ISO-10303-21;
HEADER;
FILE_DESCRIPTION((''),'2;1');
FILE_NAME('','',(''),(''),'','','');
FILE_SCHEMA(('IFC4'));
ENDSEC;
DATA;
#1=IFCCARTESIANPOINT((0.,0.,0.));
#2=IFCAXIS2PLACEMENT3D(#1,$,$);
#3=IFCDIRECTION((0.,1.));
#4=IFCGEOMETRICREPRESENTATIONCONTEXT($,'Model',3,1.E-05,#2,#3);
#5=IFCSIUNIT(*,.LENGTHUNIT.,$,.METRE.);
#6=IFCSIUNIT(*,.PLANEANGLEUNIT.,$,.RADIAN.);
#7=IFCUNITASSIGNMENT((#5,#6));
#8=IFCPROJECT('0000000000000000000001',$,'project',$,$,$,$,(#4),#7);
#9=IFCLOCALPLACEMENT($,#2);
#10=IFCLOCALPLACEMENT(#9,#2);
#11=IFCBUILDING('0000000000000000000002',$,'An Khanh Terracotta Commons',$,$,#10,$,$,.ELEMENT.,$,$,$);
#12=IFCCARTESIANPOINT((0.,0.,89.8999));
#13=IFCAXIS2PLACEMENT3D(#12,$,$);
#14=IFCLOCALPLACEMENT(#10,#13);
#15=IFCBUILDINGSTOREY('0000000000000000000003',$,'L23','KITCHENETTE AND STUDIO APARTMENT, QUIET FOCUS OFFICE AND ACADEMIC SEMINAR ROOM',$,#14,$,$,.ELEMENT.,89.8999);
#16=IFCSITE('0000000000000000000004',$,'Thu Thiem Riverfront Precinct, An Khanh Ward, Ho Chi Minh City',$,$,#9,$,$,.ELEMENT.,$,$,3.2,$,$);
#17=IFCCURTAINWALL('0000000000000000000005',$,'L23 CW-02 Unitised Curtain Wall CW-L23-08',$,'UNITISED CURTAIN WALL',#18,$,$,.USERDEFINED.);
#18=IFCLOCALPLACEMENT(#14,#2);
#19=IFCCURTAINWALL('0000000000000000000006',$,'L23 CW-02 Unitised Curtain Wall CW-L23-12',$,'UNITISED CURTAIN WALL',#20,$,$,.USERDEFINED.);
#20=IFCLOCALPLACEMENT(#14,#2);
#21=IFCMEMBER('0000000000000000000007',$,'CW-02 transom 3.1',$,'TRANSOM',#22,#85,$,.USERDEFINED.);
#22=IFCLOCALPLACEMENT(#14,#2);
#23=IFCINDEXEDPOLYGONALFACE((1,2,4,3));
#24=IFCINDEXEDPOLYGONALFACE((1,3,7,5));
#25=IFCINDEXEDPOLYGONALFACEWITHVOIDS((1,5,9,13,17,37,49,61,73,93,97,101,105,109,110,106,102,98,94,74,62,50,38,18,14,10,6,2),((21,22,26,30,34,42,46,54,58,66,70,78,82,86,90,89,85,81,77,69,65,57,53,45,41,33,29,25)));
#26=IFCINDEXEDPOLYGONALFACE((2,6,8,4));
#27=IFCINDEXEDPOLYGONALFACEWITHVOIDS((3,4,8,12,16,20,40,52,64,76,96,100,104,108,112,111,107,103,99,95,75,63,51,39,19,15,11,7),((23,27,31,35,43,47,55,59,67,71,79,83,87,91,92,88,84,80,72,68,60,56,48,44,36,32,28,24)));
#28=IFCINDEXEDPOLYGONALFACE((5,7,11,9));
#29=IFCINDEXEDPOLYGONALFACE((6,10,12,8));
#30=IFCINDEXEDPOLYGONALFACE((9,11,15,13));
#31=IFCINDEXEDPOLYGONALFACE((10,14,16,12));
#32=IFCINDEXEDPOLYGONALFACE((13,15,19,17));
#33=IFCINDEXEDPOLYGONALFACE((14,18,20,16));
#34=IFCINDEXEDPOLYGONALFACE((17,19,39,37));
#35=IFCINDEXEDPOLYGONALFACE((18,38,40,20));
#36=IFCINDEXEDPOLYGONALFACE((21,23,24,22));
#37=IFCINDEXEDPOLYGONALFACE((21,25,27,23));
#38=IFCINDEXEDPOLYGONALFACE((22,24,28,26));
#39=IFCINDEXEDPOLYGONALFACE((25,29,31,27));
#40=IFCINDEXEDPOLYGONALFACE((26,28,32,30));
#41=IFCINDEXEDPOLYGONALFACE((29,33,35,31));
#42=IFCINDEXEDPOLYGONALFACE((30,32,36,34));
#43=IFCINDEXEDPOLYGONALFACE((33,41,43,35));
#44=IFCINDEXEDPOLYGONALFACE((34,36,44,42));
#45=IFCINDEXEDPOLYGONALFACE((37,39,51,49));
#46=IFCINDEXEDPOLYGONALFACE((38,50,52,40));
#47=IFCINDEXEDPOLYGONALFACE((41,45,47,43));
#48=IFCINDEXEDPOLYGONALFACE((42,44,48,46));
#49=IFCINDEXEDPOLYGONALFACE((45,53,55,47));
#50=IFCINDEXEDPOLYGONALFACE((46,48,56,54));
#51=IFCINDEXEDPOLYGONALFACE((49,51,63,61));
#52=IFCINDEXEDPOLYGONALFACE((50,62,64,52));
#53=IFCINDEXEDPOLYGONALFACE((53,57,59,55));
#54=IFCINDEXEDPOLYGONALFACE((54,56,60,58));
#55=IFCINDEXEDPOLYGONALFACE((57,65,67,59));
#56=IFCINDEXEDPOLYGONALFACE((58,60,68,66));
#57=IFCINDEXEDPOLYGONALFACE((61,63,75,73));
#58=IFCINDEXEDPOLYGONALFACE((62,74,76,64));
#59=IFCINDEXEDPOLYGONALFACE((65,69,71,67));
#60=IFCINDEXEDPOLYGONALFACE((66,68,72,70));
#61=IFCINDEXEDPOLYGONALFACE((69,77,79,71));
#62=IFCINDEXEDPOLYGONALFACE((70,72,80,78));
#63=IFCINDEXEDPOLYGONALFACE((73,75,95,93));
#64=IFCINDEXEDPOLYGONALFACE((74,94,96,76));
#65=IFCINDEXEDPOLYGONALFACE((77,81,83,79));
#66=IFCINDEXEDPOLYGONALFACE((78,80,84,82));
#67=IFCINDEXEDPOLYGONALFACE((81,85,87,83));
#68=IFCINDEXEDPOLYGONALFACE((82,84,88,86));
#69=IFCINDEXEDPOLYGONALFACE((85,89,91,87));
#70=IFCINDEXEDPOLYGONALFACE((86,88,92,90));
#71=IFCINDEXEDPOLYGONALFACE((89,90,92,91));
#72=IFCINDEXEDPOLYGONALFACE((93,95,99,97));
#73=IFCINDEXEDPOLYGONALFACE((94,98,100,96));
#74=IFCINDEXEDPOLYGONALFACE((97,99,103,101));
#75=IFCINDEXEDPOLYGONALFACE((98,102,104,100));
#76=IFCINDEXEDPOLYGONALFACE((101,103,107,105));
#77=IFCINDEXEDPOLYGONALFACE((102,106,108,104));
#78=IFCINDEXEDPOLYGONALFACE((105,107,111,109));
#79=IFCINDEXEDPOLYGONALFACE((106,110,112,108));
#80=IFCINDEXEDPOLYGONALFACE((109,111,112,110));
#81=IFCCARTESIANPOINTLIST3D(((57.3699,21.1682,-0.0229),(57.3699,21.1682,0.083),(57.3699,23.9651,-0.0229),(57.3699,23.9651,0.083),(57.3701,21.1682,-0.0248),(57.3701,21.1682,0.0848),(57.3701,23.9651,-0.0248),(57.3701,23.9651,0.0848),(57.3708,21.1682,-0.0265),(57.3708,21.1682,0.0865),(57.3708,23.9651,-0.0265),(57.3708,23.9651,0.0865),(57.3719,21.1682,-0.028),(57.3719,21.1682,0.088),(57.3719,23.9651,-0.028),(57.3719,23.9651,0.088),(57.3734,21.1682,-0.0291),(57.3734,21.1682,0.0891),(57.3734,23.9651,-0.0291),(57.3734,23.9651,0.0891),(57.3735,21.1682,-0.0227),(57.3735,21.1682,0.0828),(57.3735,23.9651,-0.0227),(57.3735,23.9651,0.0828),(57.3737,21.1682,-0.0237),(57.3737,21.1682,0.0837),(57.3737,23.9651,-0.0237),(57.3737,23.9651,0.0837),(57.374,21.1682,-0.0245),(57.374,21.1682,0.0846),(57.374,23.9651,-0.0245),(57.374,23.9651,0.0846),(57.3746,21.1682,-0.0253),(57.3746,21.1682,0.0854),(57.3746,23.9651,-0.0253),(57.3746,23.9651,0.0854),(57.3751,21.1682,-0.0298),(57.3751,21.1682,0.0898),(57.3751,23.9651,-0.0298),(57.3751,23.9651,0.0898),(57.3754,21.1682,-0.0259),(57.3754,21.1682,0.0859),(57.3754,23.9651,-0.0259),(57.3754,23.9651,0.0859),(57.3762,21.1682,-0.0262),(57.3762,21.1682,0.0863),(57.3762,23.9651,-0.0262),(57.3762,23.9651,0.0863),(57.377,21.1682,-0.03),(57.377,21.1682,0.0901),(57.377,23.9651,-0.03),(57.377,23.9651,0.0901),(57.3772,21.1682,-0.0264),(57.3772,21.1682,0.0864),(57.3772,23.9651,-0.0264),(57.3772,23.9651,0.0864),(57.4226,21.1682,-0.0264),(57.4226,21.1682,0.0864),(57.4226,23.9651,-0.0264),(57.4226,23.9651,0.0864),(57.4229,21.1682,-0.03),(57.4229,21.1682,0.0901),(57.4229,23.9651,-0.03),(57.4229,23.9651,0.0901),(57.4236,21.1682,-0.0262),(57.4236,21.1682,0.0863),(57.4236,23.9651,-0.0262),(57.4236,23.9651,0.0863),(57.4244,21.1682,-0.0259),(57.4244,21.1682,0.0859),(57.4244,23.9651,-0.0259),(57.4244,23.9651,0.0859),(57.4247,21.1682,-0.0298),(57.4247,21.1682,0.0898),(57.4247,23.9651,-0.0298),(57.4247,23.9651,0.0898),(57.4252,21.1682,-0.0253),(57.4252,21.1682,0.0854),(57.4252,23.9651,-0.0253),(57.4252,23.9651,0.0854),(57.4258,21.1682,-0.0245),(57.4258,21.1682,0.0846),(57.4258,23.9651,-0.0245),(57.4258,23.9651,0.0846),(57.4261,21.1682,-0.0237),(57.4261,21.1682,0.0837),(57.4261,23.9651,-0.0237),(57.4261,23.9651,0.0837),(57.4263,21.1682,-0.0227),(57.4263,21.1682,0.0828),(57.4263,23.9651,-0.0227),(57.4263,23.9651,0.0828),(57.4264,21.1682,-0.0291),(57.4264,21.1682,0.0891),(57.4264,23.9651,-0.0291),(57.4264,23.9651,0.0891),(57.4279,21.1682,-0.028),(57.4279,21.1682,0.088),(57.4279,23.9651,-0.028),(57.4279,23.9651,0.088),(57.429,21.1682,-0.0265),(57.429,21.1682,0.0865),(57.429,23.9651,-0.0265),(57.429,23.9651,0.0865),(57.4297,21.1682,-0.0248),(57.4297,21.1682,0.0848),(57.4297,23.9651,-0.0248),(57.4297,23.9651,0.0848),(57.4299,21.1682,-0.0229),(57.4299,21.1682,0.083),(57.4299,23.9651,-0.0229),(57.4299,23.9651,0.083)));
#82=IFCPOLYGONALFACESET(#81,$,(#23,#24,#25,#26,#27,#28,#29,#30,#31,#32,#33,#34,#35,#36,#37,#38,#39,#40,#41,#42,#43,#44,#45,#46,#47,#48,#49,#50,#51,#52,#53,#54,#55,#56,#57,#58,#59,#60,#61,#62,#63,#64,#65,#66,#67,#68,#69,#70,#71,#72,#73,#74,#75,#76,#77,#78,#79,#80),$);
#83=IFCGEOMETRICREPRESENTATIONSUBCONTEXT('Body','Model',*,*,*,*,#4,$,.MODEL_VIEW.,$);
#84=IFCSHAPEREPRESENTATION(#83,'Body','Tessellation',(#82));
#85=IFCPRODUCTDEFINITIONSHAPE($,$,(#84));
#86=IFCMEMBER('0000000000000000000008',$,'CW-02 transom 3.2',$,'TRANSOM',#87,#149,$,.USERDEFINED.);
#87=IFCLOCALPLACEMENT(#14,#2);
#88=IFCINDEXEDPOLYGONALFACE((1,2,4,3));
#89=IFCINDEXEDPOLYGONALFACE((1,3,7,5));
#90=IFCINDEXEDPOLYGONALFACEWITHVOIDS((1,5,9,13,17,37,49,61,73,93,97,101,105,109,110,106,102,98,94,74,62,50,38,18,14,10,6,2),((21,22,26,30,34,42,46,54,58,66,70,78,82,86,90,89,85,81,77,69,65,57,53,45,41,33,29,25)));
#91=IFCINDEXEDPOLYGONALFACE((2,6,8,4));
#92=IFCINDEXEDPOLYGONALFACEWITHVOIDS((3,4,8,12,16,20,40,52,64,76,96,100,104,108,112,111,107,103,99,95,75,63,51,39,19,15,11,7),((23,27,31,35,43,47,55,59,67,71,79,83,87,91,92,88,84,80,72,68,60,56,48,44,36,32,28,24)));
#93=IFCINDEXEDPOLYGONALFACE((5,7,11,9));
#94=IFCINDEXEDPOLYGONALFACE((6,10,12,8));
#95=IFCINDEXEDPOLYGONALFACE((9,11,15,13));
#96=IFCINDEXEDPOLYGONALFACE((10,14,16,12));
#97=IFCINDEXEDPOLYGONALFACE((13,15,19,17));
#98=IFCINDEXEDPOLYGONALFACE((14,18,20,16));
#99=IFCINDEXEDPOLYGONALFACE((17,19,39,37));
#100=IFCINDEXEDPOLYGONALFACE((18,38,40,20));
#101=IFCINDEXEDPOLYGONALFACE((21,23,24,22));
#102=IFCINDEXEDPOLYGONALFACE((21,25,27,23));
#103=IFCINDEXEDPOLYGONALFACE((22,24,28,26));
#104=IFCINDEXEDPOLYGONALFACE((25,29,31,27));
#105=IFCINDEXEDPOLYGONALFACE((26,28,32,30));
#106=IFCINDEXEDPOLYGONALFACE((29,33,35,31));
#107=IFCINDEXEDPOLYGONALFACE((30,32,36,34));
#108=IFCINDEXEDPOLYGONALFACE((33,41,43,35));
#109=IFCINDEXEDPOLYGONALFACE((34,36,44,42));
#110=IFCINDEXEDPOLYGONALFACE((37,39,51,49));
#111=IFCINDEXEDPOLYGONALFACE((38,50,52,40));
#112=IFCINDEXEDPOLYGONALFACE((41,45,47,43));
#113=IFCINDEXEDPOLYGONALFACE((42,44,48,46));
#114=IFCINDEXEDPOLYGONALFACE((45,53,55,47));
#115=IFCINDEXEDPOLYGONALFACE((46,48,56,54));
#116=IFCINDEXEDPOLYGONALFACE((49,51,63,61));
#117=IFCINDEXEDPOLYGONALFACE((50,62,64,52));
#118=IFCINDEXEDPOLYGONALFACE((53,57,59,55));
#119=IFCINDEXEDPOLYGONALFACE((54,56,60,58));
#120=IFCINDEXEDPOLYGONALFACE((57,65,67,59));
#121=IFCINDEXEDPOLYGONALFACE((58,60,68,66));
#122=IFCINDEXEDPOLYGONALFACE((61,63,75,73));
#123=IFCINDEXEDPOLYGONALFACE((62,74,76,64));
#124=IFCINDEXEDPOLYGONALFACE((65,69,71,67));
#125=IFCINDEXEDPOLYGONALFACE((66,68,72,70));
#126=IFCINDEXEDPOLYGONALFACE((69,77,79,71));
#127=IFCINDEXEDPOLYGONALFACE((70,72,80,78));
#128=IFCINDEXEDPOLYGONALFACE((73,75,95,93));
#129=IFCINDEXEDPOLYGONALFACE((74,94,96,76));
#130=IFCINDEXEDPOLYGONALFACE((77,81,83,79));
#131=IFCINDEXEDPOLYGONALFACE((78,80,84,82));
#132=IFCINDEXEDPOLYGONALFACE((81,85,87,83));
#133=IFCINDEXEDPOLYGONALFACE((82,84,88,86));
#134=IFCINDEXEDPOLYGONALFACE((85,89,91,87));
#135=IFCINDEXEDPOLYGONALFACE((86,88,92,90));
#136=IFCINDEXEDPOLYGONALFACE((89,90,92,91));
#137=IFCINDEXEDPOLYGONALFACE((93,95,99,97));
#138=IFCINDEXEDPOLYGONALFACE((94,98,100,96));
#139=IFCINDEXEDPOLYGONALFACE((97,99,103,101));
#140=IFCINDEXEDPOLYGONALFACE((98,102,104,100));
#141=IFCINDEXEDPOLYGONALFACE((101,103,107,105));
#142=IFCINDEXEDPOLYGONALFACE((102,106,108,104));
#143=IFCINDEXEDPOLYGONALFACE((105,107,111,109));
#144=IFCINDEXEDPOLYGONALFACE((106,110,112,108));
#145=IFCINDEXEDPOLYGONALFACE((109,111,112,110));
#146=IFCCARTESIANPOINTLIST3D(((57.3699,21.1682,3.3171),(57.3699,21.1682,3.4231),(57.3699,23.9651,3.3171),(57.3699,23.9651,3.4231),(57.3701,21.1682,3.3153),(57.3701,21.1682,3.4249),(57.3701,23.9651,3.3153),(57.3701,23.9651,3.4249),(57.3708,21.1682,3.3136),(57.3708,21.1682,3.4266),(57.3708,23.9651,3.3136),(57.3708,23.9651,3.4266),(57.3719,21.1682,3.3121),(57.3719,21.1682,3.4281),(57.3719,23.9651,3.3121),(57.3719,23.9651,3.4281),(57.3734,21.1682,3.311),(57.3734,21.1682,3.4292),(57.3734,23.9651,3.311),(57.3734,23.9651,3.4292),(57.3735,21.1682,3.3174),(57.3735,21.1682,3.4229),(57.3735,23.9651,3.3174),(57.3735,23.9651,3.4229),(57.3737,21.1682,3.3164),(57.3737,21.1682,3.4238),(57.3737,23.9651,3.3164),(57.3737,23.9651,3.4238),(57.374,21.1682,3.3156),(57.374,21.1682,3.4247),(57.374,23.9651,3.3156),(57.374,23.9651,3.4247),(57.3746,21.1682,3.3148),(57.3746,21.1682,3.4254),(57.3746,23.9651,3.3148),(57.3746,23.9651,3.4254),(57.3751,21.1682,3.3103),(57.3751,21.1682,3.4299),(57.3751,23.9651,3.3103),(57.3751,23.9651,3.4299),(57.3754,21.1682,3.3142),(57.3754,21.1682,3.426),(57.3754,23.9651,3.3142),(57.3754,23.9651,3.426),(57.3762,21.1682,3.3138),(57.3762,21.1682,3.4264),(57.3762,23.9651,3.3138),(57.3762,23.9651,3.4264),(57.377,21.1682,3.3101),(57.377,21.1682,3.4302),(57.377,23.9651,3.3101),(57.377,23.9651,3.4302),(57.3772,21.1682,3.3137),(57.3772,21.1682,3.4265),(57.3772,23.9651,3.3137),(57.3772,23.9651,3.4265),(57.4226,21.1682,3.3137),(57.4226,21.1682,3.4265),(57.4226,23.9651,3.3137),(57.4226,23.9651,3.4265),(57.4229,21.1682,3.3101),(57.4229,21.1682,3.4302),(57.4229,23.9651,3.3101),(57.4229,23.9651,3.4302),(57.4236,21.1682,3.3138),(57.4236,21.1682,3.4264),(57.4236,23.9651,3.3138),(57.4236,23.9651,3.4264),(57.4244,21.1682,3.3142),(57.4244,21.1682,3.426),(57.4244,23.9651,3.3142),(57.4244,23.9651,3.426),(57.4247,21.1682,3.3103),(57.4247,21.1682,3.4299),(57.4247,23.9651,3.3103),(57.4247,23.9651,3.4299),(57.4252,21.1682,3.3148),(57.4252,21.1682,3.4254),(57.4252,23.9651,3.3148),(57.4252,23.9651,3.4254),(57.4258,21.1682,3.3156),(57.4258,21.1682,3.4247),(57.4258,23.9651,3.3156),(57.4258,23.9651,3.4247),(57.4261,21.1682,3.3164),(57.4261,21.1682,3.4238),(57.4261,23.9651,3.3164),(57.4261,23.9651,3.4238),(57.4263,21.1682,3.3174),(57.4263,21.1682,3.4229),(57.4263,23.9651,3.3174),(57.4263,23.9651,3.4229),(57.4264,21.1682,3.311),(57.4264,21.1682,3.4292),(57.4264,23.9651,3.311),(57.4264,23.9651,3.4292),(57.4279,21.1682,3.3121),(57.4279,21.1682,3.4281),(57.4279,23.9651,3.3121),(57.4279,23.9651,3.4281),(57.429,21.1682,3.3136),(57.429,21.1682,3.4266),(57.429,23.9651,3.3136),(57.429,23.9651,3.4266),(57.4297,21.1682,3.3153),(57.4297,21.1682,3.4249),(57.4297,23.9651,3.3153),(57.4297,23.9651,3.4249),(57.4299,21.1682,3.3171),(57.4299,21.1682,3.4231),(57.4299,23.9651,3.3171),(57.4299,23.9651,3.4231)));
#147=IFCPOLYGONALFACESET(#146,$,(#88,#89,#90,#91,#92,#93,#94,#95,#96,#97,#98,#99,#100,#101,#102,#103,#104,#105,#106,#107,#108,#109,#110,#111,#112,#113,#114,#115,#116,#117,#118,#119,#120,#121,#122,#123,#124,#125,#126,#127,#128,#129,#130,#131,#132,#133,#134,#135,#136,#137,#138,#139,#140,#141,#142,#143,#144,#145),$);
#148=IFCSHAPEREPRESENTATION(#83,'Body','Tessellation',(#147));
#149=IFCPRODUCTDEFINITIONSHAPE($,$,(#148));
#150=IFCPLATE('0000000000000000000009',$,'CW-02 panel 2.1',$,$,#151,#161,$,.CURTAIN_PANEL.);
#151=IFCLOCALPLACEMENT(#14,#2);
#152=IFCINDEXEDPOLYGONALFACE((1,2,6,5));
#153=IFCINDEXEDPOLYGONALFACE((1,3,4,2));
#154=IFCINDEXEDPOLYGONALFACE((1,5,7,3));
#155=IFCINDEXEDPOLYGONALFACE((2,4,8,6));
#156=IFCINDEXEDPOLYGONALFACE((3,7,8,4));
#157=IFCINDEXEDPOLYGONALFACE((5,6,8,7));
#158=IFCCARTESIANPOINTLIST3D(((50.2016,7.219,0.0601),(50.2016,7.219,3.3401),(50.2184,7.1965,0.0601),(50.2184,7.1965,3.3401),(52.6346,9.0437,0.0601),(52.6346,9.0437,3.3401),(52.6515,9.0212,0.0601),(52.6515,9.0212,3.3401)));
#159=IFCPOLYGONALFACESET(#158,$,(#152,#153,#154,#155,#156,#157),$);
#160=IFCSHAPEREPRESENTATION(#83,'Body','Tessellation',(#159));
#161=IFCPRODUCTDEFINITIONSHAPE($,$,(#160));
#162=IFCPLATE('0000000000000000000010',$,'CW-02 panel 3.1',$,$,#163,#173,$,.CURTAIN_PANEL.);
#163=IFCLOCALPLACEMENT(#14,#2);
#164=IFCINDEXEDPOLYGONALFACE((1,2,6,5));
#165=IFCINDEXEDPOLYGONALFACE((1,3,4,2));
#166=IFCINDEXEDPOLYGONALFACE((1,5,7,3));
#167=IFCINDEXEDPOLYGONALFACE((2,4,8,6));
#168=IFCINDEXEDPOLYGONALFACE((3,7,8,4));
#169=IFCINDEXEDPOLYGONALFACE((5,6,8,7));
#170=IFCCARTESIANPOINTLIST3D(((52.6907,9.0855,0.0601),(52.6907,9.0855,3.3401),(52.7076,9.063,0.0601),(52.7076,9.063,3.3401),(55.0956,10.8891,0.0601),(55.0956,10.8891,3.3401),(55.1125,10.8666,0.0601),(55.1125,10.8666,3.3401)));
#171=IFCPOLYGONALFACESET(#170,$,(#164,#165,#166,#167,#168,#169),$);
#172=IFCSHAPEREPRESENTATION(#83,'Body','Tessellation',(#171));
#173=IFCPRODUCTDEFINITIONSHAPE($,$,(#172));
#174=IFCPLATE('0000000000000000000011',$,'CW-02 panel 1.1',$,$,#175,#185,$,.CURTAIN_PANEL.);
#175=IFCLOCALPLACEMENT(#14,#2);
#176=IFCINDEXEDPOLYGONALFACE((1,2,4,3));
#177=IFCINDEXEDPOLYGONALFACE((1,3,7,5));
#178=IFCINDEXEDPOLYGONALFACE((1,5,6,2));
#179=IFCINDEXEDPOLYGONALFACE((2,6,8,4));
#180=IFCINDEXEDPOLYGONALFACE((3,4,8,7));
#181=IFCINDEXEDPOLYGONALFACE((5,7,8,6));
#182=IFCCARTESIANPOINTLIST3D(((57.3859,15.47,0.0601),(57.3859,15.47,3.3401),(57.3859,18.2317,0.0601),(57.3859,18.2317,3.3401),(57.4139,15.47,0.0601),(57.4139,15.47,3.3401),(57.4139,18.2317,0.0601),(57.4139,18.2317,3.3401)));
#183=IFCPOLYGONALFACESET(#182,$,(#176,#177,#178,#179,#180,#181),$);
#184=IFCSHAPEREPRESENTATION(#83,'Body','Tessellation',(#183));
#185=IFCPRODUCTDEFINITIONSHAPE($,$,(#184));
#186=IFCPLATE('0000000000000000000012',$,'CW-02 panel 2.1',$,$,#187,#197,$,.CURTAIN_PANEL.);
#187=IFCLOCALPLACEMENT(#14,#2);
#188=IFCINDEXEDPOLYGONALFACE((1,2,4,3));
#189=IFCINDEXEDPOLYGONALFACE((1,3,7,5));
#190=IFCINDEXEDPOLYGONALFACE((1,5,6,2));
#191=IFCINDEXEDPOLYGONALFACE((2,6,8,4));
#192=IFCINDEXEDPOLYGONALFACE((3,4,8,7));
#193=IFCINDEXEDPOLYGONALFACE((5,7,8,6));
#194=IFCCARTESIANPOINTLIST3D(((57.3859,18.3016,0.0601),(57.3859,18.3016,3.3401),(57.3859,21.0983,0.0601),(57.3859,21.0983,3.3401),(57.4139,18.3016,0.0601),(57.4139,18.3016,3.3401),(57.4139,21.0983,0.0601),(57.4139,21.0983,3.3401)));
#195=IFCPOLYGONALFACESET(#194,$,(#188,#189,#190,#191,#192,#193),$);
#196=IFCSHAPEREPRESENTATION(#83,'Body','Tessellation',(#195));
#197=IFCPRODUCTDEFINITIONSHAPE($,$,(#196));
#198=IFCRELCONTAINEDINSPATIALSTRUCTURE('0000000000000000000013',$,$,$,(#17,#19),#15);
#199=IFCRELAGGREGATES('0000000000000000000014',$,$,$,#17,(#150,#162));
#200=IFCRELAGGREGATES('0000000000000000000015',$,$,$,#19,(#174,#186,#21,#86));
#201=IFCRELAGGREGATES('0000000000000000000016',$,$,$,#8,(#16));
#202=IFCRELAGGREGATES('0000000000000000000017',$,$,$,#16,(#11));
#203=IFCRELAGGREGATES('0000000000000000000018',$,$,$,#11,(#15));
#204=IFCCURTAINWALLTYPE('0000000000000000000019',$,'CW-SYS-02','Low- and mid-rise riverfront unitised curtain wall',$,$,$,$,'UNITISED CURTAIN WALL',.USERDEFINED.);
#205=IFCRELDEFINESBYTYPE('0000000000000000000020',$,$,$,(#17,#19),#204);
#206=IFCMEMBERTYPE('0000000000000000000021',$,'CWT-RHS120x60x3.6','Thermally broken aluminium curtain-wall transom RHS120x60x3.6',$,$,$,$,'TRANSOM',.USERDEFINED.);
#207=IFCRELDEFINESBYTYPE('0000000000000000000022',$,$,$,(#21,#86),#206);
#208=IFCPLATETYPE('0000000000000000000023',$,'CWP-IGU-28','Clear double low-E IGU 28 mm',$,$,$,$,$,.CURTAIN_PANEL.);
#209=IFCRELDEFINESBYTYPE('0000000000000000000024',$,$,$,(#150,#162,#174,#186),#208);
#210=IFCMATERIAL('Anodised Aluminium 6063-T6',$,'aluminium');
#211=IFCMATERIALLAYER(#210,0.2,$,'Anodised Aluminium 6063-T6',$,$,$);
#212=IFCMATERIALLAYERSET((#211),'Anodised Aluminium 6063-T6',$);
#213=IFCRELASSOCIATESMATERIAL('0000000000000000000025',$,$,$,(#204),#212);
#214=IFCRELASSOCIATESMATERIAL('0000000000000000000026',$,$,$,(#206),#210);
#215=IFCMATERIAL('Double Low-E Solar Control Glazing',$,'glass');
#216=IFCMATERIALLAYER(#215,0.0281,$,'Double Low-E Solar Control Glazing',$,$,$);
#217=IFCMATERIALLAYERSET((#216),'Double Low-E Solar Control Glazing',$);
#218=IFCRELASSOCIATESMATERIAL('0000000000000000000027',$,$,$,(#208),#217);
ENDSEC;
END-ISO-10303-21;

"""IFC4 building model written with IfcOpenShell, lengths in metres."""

from ifc_helpers import new_model, si_unit, direction, frame, origin, origin_2d, place, context, subcontext, project, spatial, rectangle, hollow_rectangle, extrude, material, layer, layer_set, material_profile, profile_set, type_object, element, aggregate, save


model = new_model("IFC4")

# Units and contexts
model_context = context("Model", 3, precision=1e-05, world=origin(), true_north=direction((0.0, 1.0)))
body_context = subcontext(model_context, "Body", "Model", "MODEL_VIEW")
ifc_project = project(units=[si_unit("LENGTHUNIT", "METRE"), si_unit("PLANEANGLEUNIT", "RADIAN")], contexts=[model_context])

# Site, building, storey
site_placement = place(None, origin())
site = spatial("IfcSite", under=ifc_project, at=site_placement, Name="Thu Thiem Riverfront Precinct, An Khanh Ward, Ho Chi Minh City", CompositionType="ELEMENT", RefElevation=3.2)
building_placement = place(site_placement, origin())
building = spatial("IfcBuilding", under=site, at=building_placement, Name="An Khanh Terracotta Commons", CompositionType="ELEMENT")
storey_placement = place(building_placement, frame((0.0, 0.0, 89.8999)))
storey = spatial("IfcBuildingStorey", under=building, at=storey_placement, Name="L23", Description="KITCHENETTE AND STUDIO APARTMENT, QUIET FOCUS OFFICE AND ACADEMIC SEMINAR ROOM", CompositionType="ELEMENT", Elevation=89.8999)

# Curtain walls
ifc_material_1 = material(Name="Anodised Aluminium 6063-T6", Category="aluminium")
ifc_layer_1 = layer(ifc_material_1, 0.2, Name="Anodised Aluminium 6063-T6")
ifc_layer_set_1 = layer_set([ifc_layer_1], Name="Anodised Aluminium 6063-T6")
curtain_wall_type = type_object("IfcCurtainWallType", Name="CW-SYS-02", Description="Low- and mid-rise riverfront unitised curtain wall", ElementType="UNITISED CURTAIN WALL", PredefinedType="USERDEFINED", material=ifc_layer_set_1)
curtain_wall_1_placement = place(storey_placement, origin())
curtain_wall_1 = element("IfcCurtainWall", 1, at=curtain_wall_1_placement, inside=storey, type_object=curtain_wall_type, Name="L23 CW-02 Unitised Curtain Wall CW-L23-08", ObjectType="UNITISED CURTAIN WALL", PredefinedType="USERDEFINED")
curtain_wall_2_placement = place(storey_placement, origin())
curtain_wall_2 = element("IfcCurtainWall", 2, at=curtain_wall_2_placement, inside=storey, type_object=curtain_wall_type, Name="L23 CW-02 Unitised Curtain Wall CW-L23-12", ObjectType="UNITISED CURTAIN WALL", PredefinedType="USERDEFINED")

# Members
ifc_material_profile_1 = material_profile(ifc_material_1, hollow_rectangle(XDim=0.0601, YDim=0.1201, WallThickness=0.0037, InnerFilletRadius=0.0037, OuterFilletRadius=0.0071, at=origin_2d()), Name="RHS120x60x3.6")
ifc_profile_set_1 = profile_set([ifc_material_profile_1], Name="Anodised Aluminium 6063-T6")
member_type_1 = type_object("IfcMemberType", Name="CWT-RHS120x60x3.6", Description="Thermally broken aluminium curtain-wall transom RHS120x60x3.6", ElementType="TRANSOM", PredefinedType="USERDEFINED", material=ifc_profile_set_1)
member_1_placement = place(storey_placement, frame((57.3999, 21.1682, 0.03), z_axis=(0.0, 1.0, 0.0), x_axis=(-1.0, 0.0, 0.0)))
member_1 = element("IfcMember", 3, at=member_1_placement, type_object=member_type_1, Name="CW-02 transom 3.1", ObjectType="TRANSOM", PredefinedType="USERDEFINED", context=body_context, shape_type="SweptSolid", body=[
    extrude(hollow_rectangle(XDim=0.0601, YDim=0.1201, WallThickness=0.0037, InnerFilletRadius=0.0037, OuterFilletRadius=0.0071, at=origin_2d()), origin(), (0.0, 0.0, 1.0), 2.7969),
])
member_2_placement = place(storey_placement, frame((57.3999, 21.1682, 3.3701), z_axis=(0.0, 1.0, 0.0), x_axis=(-1.0, 0.0, 0.0)))
member_2 = element("IfcMember", 4, at=member_2_placement, type_object=member_type_1, Name="CW-02 transom 3.2", ObjectType="TRANSOM", PredefinedType="USERDEFINED", context=body_context, shape_type="SweptSolid", body=[
    extrude(hollow_rectangle(XDim=0.0601, YDim=0.1201, WallThickness=0.0037, InnerFilletRadius=0.0037, OuterFilletRadius=0.0071, at=origin_2d()), origin(), (0.0, 0.0, 1.0), 2.7969),
])

# Plates
ifc_material_2 = material(Name="Double Low-E Solar Control Glazing", Category="glass")
ifc_layer_2 = layer(ifc_material_2, 0.0281, Name="Double Low-E Solar Control Glazing")
ifc_layer_set_2 = layer_set([ifc_layer_2], Name="Double Low-E Solar Control Glazing")
plate_type = type_object("IfcPlateType", Name="CWP-IGU-28", Description="Clear double low-E IGU 28 mm", PredefinedType="CURTAIN_PANEL", material=ifc_layer_set_2)
plate_1_placement = place(storey_placement, frame((51.4265, 8.1201, 0.0601), z_axis=(0.0, 0.0, 1.0), x_axis=(0.800013, 0.599983, 0.0)))
plate_1 = element("IfcPlate", 5, at=plate_1_placement, type_object=plate_type, Name="CW-02 panel 2.1", PredefinedType="CURTAIN_PANEL", context=body_context, shape_type="SweptSolid", body=[
    extrude(rectangle(XDim=3.0413, YDim=0.0281, at=origin_2d()), origin(), (0.0, 0.0, 1.0), 3.28),
])
plate_2_placement = place(storey_placement, frame((53.9016, 9.9761, 0.0601), z_axis=(0.0, 0.0, 1.0), x_axis=(0.800013, 0.599983, 0.0)))
plate_2 = element("IfcPlate", 6, at=plate_2_placement, type_object=plate_type, Name="CW-02 panel 3.1", PredefinedType="CURTAIN_PANEL", context=body_context, shape_type="SweptSolid", body=[
    extrude(rectangle(XDim=3.0061, YDim=0.0281, at=origin_2d()), origin(), (0.0, 0.0, 1.0), 3.28),
])
aggregate(curtain_wall_1, [plate_1, plate_2])
plate_3_placement = place(storey_placement, frame((57.3999, 16.8508, 0.0601), z_axis=(0.0, 0.0, 1.0), x_axis=(0.0, 1.0, 0.0)))
plate_3 = element("IfcPlate", 7, at=plate_3_placement, type_object=plate_type, Name="CW-02 panel 1.1", PredefinedType="CURTAIN_PANEL", context=body_context, shape_type="SweptSolid", body=[
    extrude(rectangle(XDim=2.7617, YDim=0.0281, at=origin_2d()), origin(), (0.0, 0.0, 1.0), 3.28),
])
plate_4_placement = place(storey_placement, frame((57.3999, 19.7, 0.0601), z_axis=(0.0, 0.0, 1.0), x_axis=(0.0, 1.0, 0.0)))
plate_4 = element("IfcPlate", 8, at=plate_4_placement, type_object=plate_type, Name="CW-02 panel 2.1", PredefinedType="CURTAIN_PANEL", context=body_context, shape_type="SweptSolid", body=[
    extrude(rectangle(XDim=2.7966, YDim=0.0281, at=origin_2d()), origin(), (0.0, 0.0, 1.0), 3.28),
])
aggregate(curtain_wall_2, [plate_3, plate_4, member_1, member_2])

save(model, "model.ifc")
